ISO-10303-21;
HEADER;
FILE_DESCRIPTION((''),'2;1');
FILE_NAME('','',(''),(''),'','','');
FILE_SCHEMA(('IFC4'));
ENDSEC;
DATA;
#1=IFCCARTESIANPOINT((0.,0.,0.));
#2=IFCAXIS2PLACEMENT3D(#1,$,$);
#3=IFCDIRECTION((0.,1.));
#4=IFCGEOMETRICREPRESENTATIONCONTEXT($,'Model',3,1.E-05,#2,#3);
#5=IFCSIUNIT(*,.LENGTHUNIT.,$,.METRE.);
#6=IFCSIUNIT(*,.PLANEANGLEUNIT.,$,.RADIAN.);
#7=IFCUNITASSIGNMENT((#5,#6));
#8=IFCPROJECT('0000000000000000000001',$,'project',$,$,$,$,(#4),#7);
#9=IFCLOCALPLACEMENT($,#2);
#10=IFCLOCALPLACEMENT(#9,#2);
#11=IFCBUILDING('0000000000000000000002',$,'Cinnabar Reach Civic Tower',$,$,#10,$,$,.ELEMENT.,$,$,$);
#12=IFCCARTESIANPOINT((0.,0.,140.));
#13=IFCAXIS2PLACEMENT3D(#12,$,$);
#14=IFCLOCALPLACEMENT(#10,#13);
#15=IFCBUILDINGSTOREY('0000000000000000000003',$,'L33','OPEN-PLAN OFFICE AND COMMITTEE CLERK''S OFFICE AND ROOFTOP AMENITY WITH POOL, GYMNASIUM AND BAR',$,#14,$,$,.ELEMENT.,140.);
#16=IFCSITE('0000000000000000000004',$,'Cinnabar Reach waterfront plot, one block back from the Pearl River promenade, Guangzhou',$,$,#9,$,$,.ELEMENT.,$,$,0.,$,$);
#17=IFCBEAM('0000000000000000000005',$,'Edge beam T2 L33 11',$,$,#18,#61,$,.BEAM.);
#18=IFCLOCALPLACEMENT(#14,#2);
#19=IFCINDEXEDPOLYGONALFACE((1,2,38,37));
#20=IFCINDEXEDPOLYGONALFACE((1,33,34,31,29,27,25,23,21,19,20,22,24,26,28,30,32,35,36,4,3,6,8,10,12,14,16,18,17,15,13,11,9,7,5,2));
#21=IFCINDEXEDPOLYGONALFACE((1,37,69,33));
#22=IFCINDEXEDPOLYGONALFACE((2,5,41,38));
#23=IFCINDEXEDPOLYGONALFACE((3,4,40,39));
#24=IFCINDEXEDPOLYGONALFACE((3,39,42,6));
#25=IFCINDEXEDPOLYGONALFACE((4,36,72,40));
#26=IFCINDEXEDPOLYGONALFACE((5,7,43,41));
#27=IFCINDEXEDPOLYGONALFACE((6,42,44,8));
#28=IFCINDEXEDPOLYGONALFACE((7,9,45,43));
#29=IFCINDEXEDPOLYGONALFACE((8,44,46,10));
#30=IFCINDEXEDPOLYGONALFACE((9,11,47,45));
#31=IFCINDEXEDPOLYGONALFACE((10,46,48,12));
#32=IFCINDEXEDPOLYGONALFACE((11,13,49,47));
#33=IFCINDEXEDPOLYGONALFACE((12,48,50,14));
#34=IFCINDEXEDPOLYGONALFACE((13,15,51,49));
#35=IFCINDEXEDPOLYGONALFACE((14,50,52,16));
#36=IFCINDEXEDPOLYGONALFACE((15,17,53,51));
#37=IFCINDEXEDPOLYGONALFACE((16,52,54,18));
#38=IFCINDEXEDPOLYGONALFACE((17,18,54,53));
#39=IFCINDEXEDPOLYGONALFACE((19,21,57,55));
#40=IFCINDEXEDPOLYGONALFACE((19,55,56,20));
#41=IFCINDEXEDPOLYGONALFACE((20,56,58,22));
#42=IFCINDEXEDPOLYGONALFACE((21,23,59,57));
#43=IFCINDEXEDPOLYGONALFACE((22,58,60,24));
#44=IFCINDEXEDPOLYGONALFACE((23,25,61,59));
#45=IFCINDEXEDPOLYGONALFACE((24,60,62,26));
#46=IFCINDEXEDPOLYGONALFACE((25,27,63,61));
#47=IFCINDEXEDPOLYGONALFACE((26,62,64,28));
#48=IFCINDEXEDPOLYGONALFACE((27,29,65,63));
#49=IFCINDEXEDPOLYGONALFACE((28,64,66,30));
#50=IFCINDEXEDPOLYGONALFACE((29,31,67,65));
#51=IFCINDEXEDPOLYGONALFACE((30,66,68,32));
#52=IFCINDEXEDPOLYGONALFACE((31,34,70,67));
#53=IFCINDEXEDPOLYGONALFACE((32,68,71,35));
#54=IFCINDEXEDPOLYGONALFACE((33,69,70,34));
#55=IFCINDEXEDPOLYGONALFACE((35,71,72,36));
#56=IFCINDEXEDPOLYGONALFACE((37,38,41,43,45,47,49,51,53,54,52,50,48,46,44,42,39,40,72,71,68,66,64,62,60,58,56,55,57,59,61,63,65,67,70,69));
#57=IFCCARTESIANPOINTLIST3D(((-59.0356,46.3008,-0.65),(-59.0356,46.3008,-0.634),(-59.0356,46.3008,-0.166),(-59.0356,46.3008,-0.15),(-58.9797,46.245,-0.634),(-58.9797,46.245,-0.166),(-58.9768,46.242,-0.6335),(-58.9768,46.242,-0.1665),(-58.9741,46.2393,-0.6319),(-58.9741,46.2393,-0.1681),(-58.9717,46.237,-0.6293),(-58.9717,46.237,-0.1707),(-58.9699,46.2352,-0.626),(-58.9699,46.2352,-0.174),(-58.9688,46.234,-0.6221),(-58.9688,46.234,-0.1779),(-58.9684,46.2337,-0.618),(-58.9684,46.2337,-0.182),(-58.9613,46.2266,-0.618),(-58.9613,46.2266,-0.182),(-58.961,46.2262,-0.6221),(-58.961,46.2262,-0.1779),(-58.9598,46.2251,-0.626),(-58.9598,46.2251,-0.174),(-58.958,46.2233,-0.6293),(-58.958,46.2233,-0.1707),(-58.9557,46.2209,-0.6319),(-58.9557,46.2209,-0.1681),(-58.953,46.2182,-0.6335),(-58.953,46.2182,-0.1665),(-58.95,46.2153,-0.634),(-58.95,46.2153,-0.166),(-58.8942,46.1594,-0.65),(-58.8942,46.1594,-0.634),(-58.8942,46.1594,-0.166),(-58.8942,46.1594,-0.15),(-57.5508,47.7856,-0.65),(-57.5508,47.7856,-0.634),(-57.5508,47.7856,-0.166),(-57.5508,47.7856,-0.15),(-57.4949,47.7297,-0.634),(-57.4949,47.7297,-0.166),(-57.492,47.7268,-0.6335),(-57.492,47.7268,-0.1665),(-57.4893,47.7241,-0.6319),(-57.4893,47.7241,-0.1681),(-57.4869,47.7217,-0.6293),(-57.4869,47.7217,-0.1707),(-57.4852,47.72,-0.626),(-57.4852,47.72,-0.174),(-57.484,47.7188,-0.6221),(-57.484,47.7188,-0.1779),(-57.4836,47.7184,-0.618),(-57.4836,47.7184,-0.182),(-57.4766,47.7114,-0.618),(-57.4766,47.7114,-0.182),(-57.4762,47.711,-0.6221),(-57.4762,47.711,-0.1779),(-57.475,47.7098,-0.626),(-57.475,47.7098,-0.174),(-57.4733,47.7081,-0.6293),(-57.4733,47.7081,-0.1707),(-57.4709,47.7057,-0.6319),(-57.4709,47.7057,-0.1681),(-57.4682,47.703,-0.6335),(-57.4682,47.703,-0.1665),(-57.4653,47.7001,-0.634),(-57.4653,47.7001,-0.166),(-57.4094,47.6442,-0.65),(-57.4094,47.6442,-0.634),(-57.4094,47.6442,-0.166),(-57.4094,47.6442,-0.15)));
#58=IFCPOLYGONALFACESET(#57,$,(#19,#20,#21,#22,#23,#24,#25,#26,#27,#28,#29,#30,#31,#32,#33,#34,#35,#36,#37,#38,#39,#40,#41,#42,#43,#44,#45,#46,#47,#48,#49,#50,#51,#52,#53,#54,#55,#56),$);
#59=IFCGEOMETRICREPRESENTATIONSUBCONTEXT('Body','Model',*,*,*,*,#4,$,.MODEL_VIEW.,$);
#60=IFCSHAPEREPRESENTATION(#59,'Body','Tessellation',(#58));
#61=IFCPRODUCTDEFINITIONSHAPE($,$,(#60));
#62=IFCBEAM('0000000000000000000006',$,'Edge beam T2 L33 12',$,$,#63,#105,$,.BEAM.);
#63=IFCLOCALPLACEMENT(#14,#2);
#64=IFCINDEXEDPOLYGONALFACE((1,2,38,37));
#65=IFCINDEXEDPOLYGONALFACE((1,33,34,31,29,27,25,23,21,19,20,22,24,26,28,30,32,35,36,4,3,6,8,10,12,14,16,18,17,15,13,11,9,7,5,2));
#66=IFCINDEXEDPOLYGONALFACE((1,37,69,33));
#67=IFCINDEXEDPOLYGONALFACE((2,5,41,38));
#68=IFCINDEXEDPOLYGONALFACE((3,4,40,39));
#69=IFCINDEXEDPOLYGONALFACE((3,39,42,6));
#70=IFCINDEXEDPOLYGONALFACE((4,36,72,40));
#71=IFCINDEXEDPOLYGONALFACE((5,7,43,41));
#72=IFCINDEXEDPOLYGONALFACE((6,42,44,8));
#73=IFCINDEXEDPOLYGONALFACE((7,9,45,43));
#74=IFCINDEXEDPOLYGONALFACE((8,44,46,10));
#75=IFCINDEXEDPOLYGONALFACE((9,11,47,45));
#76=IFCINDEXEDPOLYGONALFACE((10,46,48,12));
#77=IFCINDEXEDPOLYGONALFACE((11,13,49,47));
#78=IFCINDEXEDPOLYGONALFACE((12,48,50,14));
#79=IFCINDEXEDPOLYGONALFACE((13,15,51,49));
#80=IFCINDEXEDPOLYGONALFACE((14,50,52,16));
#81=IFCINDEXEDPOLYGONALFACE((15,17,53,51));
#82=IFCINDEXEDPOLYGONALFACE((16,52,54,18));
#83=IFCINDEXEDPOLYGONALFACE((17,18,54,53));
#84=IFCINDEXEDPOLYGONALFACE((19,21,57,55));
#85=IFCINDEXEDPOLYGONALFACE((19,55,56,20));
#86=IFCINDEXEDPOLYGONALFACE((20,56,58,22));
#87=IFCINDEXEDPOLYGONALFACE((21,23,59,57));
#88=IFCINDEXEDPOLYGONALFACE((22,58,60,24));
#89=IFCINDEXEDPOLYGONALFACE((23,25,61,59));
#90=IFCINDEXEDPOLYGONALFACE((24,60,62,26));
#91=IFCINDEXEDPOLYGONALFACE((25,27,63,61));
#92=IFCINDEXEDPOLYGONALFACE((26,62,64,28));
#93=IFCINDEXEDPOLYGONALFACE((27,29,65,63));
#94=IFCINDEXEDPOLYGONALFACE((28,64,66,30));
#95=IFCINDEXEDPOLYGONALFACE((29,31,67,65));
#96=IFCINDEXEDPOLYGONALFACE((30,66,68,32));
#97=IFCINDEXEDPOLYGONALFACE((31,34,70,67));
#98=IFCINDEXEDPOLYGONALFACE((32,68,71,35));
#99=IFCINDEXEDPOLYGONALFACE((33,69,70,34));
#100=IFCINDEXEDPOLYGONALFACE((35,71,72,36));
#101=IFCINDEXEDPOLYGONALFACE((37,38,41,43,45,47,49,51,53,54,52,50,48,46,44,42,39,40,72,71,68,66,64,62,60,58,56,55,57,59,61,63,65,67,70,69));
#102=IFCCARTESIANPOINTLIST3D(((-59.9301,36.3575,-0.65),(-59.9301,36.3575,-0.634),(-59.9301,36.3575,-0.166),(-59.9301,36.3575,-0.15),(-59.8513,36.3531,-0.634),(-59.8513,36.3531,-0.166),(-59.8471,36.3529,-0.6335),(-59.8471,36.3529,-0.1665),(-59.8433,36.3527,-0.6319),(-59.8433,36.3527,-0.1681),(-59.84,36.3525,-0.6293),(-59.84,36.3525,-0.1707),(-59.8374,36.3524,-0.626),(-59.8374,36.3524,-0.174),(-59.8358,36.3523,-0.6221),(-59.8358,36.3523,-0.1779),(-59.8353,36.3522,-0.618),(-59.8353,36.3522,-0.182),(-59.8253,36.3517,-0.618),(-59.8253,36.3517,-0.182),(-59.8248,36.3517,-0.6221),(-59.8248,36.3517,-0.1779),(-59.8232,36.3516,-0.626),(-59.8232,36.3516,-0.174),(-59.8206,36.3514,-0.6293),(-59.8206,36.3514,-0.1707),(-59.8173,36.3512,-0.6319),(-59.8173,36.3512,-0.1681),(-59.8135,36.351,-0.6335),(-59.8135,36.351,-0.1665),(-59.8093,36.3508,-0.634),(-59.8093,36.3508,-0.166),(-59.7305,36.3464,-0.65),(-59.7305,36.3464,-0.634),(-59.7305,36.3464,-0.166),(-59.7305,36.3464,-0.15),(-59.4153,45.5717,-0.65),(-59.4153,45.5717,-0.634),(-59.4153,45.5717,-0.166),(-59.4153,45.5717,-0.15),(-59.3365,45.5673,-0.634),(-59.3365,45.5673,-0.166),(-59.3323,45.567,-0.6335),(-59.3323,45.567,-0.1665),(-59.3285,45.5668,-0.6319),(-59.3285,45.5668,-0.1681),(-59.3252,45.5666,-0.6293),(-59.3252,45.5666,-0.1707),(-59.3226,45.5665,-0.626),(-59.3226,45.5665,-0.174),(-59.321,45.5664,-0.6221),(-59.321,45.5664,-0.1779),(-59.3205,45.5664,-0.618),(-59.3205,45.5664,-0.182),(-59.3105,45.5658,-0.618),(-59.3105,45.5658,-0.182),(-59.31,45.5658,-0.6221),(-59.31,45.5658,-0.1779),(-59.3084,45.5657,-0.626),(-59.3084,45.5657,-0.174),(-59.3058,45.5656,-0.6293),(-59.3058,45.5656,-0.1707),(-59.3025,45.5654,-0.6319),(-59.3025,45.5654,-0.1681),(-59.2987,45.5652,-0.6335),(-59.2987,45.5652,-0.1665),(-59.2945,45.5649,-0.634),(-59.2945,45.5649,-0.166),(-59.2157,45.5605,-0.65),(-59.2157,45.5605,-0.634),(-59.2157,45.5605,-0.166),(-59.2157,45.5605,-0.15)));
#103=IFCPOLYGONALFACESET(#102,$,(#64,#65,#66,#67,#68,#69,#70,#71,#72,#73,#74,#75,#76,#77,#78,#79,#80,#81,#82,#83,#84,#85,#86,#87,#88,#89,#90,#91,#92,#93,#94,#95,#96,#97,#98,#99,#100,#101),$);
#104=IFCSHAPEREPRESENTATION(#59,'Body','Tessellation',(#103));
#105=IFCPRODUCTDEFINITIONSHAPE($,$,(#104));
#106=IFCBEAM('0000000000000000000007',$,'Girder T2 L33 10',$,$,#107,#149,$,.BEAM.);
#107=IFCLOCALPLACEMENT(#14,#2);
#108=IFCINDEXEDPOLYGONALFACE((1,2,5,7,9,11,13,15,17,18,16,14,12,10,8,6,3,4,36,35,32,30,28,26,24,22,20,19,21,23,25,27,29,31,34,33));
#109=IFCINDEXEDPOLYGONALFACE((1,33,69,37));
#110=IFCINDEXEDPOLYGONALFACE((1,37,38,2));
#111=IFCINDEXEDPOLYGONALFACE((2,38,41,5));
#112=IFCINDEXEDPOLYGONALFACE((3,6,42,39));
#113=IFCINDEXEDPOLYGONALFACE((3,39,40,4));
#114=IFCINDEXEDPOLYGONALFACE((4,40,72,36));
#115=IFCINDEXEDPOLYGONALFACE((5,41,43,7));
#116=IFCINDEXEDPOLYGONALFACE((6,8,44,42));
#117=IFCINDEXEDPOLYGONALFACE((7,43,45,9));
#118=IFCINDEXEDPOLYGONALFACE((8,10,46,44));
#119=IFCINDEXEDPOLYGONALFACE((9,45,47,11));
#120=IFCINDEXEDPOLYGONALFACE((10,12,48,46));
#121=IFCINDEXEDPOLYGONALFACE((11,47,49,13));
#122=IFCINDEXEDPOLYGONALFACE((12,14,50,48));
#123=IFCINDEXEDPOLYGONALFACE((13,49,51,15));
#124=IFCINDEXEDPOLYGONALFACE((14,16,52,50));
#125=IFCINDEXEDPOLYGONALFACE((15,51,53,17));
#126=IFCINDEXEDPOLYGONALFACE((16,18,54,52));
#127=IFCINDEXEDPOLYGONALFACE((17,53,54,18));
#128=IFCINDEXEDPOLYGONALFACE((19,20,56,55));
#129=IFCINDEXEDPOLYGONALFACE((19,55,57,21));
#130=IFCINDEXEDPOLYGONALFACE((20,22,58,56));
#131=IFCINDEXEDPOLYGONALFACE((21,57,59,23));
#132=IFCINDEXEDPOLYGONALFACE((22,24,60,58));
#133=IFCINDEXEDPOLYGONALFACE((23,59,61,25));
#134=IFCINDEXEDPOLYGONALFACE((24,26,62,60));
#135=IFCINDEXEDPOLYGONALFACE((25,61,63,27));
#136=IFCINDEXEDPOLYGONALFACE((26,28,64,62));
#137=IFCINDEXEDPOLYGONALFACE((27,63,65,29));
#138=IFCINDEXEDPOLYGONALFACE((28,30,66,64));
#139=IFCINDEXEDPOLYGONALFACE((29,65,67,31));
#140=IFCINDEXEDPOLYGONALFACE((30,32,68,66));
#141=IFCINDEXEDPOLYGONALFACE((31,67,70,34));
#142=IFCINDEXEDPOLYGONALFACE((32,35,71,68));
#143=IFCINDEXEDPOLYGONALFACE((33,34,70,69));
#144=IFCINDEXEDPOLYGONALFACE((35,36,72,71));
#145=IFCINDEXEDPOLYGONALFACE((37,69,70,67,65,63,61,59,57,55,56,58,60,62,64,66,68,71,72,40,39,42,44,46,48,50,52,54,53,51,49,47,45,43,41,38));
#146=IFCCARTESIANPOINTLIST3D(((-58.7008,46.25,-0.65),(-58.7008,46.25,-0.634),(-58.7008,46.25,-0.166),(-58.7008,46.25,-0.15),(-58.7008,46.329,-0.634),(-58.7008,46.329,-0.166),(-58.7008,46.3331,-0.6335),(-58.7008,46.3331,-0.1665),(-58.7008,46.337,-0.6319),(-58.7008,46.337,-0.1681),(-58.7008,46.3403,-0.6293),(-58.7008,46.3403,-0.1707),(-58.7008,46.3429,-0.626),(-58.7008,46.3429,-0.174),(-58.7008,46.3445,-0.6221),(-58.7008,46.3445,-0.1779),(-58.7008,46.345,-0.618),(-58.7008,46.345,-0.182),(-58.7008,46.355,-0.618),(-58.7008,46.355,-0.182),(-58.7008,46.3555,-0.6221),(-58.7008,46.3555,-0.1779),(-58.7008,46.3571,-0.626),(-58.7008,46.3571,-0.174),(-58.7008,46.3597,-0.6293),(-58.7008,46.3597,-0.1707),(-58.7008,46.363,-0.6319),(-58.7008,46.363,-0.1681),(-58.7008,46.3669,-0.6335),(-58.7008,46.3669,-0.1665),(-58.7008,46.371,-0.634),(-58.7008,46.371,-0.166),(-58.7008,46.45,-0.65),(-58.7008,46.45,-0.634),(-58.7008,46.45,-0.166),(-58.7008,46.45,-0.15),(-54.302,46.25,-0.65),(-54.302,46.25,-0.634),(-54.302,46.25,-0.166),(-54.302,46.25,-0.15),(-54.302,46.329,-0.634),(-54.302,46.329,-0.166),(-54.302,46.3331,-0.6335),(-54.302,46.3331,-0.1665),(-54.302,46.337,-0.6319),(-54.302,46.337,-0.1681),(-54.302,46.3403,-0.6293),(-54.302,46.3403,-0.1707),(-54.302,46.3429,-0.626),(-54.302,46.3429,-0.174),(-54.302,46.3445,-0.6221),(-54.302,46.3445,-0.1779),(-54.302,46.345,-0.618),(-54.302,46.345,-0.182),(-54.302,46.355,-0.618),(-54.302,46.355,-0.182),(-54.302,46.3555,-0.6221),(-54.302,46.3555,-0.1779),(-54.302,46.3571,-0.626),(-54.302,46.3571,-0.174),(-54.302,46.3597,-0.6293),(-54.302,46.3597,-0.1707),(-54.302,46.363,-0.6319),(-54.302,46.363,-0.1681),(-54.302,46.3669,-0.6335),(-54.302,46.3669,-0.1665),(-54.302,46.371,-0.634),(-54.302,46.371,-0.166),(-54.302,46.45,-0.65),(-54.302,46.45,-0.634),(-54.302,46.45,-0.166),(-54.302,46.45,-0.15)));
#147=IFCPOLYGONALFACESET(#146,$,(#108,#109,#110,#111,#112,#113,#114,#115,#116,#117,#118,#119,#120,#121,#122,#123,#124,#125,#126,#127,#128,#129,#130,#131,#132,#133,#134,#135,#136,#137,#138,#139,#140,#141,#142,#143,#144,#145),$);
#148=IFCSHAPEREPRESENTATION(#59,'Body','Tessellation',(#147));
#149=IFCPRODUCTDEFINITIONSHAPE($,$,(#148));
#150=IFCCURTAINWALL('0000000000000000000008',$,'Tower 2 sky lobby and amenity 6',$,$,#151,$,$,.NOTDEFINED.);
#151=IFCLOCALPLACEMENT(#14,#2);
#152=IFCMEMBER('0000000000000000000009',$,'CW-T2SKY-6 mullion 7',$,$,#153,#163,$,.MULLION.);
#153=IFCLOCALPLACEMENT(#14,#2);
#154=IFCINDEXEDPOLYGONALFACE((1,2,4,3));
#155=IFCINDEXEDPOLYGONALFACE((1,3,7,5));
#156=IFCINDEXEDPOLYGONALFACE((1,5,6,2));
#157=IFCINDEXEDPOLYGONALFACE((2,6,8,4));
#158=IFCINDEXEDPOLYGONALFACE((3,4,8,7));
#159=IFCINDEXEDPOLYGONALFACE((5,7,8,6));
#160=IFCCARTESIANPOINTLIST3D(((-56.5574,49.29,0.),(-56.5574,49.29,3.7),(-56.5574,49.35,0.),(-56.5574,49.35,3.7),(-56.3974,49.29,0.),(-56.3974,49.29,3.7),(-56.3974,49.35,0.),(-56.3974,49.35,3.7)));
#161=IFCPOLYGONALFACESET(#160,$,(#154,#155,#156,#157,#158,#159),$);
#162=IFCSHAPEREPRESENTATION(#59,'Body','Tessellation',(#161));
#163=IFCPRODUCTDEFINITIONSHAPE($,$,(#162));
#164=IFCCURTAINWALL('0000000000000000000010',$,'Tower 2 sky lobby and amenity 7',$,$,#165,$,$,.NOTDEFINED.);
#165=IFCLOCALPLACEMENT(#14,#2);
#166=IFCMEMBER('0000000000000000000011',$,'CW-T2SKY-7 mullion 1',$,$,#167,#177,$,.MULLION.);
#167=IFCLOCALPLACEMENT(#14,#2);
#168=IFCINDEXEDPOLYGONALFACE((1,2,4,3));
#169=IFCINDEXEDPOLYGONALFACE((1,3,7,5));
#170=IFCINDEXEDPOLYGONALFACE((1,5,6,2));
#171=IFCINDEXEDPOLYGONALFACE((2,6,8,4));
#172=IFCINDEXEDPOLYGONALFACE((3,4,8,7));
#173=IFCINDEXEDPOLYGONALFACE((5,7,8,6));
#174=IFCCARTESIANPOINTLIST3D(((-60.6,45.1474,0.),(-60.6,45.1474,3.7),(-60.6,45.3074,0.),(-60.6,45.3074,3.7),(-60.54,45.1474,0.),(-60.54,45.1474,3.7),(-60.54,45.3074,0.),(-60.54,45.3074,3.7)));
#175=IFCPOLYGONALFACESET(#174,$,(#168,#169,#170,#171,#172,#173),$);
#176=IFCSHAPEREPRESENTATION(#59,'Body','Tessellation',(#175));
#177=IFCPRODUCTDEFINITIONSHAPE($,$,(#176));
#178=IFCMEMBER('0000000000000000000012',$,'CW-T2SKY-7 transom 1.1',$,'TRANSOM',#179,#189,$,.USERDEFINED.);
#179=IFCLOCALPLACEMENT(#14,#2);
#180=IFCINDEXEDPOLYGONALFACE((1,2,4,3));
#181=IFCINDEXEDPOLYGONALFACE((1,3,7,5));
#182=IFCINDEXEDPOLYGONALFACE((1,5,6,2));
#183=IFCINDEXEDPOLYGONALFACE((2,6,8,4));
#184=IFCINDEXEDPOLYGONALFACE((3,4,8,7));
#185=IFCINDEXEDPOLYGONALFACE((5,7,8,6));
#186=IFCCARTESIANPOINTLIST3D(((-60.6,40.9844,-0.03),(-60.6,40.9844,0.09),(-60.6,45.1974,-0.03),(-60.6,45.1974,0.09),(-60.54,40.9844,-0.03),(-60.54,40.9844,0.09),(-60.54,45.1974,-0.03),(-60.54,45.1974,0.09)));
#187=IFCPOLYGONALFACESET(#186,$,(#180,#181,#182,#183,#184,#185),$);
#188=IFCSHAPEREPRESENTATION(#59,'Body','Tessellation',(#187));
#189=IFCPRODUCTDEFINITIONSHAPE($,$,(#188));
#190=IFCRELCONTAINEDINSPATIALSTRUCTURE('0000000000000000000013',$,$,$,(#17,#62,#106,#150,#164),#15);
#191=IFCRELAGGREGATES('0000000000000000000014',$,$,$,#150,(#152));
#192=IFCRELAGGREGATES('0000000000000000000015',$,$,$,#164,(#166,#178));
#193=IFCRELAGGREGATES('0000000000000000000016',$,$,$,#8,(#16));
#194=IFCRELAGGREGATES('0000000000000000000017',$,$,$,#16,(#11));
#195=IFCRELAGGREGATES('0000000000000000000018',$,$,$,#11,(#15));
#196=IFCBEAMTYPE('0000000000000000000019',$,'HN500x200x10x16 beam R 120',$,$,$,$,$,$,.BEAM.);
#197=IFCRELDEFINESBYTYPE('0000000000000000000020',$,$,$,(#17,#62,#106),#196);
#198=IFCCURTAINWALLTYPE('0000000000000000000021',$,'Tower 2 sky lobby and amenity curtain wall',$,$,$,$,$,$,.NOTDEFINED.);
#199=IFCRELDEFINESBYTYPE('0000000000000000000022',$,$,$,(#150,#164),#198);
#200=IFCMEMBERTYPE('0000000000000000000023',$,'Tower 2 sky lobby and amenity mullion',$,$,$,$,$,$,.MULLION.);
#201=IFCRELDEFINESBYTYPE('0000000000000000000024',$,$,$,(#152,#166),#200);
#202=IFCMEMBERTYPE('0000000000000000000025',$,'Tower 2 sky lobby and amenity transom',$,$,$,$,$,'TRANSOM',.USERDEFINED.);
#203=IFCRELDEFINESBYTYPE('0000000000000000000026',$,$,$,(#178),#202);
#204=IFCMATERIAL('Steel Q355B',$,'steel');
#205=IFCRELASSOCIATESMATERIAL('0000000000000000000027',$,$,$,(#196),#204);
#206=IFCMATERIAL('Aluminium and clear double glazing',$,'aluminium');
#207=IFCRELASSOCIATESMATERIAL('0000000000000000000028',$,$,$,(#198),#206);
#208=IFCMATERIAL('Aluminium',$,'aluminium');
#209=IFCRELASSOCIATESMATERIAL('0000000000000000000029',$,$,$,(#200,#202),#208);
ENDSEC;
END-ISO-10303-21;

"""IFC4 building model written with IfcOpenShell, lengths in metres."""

from ifc_helpers import new_model, si_unit, direction, frame, origin, origin_2d, place, context, subcontext, project, spatial, rectangle, i_section, extrude, material, material_profile, profile_set, type_object, element, aggregate, save


model = new_model("IFC4")

# Units and contexts
model_context = context("Model", 3, precision=1e-05, world=origin(), true_north=direction((0.0, 1.0)))
body_context = subcontext(model_context, "Body", "Model", "MODEL_VIEW")
ifc_project = project(units=[si_unit("LENGTHUNIT", "METRE"), si_unit("PLANEANGLEUNIT", "RADIAN")], contexts=[model_context])

# Site, building, storey
site_placement = place(None, origin())
site = spatial("IfcSite", under=ifc_project, at=site_placement, Name="Cinnabar Reach waterfront plot, one block back from the Pearl River promenade, Guangzhou", CompositionType="ELEMENT", RefElevation=0.0)
building_placement = place(site_placement, origin())
building = spatial("IfcBuilding", under=site, at=building_placement, Name="Cinnabar Reach Civic Tower", CompositionType="ELEMENT")
storey_placement = place(building_placement, frame((0.0, 0.0, 140.0)))
storey = spatial("IfcBuildingStorey", under=building, at=storey_placement, Name="L33", Description="OPEN-PLAN OFFICE AND COMMITTEE CLERK'S OFFICE AND ROOFTOP AMENITY WITH POOL, GYMNASIUM AND BAR", CompositionType="ELEMENT", Elevation=140.0)

# Beams
ifc_material_1 = material(Name="Steel Q355B", Category="steel")
ifc_material_profile_1 = material_profile(ifc_material_1, i_section(OverallWidth=0.2, OverallDepth=0.5, WebThickness=0.01, FlangeThickness=0.016, FilletRadius=0.016, at=origin_2d()), Name="HN500x200x10x16")
ifc_profile_set_1 = profile_set([ifc_material_profile_1], Name="Steel Q355B")
beam_type_1 = type_object("IfcBeamType", Name="HN500x200x10x16 beam R 120", PredefinedType="BEAM", material=ifc_profile_set_1)
beam_1_placement = place(storey_placement, frame((-57.4801, 47.7149, -0.4), z_axis=(-0.707107, -0.707107, 0.0), x_axis=(0.707107, -0.707107, 0.0)))
element("IfcBeam", 1, at=beam_1_placement, inside=storey, type_object=beam_type_1, Name="Edge beam T2 L33 11", PredefinedType="BEAM", context=body_context, shape_type="SweptSolid", body=[
    extrude(i_section(OverallWidth=0.2, OverallDepth=0.5, WebThickness=0.01, FlangeThickness=0.016, FilletRadius=0.016, at=origin_2d()), origin(), (0.0, 0.0, 1.0), 2.0998),
])
beam_2_placement = place(storey_placement, frame((-59.3155, 45.5661, -0.4), z_axis=(-0.055784, -0.998443, 0.0), x_axis=(0.998443, -0.055784, 0.0)))
element("IfcBeam", 2, at=beam_2_placement, inside=storey, type_object=beam_type_1, Name="Edge beam T2 L33 12", PredefinedType="BEAM", context=body_context, shape_type="SweptSolid", body=[
    extrude(i_section(OverallWidth=0.2, OverallDepth=0.5, WebThickness=0.01, FlangeThickness=0.016, FilletRadius=0.016, at=origin_2d()), origin(), (0.0, 0.0, 1.0), 9.2285),
])
beam_3_placement = place(storey_placement, frame((-58.7008, 46.35, -0.4), z_axis=(1.0, 0.0, 0.0), x_axis=(0.0, 1.0, 0.0)))
element("IfcBeam", 3, at=beam_3_placement, inside=storey, type_object=beam_type_1, Name="Girder T2 L33 10", PredefinedType="BEAM", context=body_context, shape_type="SweptSolid", body=[
    extrude(i_section(OverallWidth=0.2, OverallDepth=0.5, WebThickness=0.01, FlangeThickness=0.016, FilletRadius=0.016, at=origin_2d()), origin(), (0.0, 0.0, 1.0), 4.3988),
])

# Curtain wall, member
ifc_material_2 = material(Name="Aluminium and clear double glazing", Category="aluminium")
curtain_wall_type = type_object("IfcCurtainWallType", Name="Tower 2 sky lobby and amenity curtain wall", PredefinedType="NOTDEFINED", material=ifc_material_2)
curtain_wall_1_placement = place(storey_placement, origin())
curtain_wall_1 = element("IfcCurtainWall", 4, at=curtain_wall_1_placement, inside=storey, type_object=curtain_wall_type, Name="Tower 2 sky lobby and amenity 6", PredefinedType="NOTDEFINED")
ifc_material_3 = material(Name="Aluminium", Category="aluminium")
ifc_material_profile_2 = material_profile(ifc_material_3, rectangle(XDim=0.06, YDim=0.16, at=origin_2d()), Name="Tower 2 sky lobby and amenity mullion")
ifc_profile_set_2 = profile_set([ifc_material_profile_2], Name="Aluminium")
member_type_1 = type_object("IfcMemberType", Name="Tower 2 sky lobby and amenity mullion", PredefinedType="MULLION", material=ifc_profile_set_2)
member_1_placement = place(storey_placement, frame((-56.4774, 49.32, 0.0), z_axis=(0.0, 0.0, 1.0), x_axis=(0.0, -1.0, 0.0)))
member_1 = element("IfcMember", 5, at=member_1_placement, type_object=member_type_1, Name="CW-T2SKY-6 mullion 7", PredefinedType="MULLION", context=body_context, shape_type="SweptSolid", body=[
    extrude(rectangle(XDim=0.06, YDim=0.16, at=origin_2d()), origin(), (0.0, 0.0, 1.0), 3.7),
])

# Curtain wall, members
curtain_wall_2_placement = place(storey_placement, origin())
curtain_wall_2 = element("IfcCurtainWall", 6, at=curtain_wall_2_placement, inside=storey, type_object=curtain_wall_type, Name="Tower 2 sky lobby and amenity 7", PredefinedType="NOTDEFINED")
member_2_placement = place(storey_placement, frame((-60.57, 45.2274, 0.0), z_axis=(0.0, 0.0, 1.0), x_axis=(1.0, 0.0, 0.0)))
member_2 = element("IfcMember", 7, at=member_2_placement, type_object=member_type_1, Name="CW-T2SKY-7 mullion 1", PredefinedType="MULLION", context=body_context, shape_type="SweptSolid", body=[
    extrude(rectangle(XDim=0.06, YDim=0.16, at=origin_2d()), origin(), (0.0, 0.0, 1.0), 3.7),
])
ifc_material_profile_3 = material_profile(ifc_material_3, rectangle(XDim=0.06, YDim=0.12, at=origin_2d()), Name="Tower 2 sky lobby and amenity transom")
ifc_profile_set_3 = profile_set([ifc_material_profile_3], Name="Aluminium")
member_type_2 = type_object("IfcMemberType", Name="Tower 2 sky lobby and amenity transom", ElementType="TRANSOM", PredefinedType="USERDEFINED", material=ifc_profile_set_3)
member_3_placement = place(storey_placement, frame((-60.57, 45.1974, 0.03), z_axis=(0.0, -1.0, 0.0), x_axis=(1.0, 0.0, 0.0)))
member_3 = element("IfcMember", 8, at=member_3_placement, type_object=member_type_2, Name="CW-T2SKY-7 transom 1.1", ObjectType="TRANSOM", PredefinedType="USERDEFINED", context=body_context, shape_type="SweptSolid", body=[
    extrude(rectangle(XDim=0.06, YDim=0.12, at=origin_2d()), origin(), (0.0, 0.0, 1.0), 4.213),
])

aggregate(curtain_wall_1, [member_1])
aggregate(curtain_wall_2, [member_2, member_3])

save(model, "model.ifc")
